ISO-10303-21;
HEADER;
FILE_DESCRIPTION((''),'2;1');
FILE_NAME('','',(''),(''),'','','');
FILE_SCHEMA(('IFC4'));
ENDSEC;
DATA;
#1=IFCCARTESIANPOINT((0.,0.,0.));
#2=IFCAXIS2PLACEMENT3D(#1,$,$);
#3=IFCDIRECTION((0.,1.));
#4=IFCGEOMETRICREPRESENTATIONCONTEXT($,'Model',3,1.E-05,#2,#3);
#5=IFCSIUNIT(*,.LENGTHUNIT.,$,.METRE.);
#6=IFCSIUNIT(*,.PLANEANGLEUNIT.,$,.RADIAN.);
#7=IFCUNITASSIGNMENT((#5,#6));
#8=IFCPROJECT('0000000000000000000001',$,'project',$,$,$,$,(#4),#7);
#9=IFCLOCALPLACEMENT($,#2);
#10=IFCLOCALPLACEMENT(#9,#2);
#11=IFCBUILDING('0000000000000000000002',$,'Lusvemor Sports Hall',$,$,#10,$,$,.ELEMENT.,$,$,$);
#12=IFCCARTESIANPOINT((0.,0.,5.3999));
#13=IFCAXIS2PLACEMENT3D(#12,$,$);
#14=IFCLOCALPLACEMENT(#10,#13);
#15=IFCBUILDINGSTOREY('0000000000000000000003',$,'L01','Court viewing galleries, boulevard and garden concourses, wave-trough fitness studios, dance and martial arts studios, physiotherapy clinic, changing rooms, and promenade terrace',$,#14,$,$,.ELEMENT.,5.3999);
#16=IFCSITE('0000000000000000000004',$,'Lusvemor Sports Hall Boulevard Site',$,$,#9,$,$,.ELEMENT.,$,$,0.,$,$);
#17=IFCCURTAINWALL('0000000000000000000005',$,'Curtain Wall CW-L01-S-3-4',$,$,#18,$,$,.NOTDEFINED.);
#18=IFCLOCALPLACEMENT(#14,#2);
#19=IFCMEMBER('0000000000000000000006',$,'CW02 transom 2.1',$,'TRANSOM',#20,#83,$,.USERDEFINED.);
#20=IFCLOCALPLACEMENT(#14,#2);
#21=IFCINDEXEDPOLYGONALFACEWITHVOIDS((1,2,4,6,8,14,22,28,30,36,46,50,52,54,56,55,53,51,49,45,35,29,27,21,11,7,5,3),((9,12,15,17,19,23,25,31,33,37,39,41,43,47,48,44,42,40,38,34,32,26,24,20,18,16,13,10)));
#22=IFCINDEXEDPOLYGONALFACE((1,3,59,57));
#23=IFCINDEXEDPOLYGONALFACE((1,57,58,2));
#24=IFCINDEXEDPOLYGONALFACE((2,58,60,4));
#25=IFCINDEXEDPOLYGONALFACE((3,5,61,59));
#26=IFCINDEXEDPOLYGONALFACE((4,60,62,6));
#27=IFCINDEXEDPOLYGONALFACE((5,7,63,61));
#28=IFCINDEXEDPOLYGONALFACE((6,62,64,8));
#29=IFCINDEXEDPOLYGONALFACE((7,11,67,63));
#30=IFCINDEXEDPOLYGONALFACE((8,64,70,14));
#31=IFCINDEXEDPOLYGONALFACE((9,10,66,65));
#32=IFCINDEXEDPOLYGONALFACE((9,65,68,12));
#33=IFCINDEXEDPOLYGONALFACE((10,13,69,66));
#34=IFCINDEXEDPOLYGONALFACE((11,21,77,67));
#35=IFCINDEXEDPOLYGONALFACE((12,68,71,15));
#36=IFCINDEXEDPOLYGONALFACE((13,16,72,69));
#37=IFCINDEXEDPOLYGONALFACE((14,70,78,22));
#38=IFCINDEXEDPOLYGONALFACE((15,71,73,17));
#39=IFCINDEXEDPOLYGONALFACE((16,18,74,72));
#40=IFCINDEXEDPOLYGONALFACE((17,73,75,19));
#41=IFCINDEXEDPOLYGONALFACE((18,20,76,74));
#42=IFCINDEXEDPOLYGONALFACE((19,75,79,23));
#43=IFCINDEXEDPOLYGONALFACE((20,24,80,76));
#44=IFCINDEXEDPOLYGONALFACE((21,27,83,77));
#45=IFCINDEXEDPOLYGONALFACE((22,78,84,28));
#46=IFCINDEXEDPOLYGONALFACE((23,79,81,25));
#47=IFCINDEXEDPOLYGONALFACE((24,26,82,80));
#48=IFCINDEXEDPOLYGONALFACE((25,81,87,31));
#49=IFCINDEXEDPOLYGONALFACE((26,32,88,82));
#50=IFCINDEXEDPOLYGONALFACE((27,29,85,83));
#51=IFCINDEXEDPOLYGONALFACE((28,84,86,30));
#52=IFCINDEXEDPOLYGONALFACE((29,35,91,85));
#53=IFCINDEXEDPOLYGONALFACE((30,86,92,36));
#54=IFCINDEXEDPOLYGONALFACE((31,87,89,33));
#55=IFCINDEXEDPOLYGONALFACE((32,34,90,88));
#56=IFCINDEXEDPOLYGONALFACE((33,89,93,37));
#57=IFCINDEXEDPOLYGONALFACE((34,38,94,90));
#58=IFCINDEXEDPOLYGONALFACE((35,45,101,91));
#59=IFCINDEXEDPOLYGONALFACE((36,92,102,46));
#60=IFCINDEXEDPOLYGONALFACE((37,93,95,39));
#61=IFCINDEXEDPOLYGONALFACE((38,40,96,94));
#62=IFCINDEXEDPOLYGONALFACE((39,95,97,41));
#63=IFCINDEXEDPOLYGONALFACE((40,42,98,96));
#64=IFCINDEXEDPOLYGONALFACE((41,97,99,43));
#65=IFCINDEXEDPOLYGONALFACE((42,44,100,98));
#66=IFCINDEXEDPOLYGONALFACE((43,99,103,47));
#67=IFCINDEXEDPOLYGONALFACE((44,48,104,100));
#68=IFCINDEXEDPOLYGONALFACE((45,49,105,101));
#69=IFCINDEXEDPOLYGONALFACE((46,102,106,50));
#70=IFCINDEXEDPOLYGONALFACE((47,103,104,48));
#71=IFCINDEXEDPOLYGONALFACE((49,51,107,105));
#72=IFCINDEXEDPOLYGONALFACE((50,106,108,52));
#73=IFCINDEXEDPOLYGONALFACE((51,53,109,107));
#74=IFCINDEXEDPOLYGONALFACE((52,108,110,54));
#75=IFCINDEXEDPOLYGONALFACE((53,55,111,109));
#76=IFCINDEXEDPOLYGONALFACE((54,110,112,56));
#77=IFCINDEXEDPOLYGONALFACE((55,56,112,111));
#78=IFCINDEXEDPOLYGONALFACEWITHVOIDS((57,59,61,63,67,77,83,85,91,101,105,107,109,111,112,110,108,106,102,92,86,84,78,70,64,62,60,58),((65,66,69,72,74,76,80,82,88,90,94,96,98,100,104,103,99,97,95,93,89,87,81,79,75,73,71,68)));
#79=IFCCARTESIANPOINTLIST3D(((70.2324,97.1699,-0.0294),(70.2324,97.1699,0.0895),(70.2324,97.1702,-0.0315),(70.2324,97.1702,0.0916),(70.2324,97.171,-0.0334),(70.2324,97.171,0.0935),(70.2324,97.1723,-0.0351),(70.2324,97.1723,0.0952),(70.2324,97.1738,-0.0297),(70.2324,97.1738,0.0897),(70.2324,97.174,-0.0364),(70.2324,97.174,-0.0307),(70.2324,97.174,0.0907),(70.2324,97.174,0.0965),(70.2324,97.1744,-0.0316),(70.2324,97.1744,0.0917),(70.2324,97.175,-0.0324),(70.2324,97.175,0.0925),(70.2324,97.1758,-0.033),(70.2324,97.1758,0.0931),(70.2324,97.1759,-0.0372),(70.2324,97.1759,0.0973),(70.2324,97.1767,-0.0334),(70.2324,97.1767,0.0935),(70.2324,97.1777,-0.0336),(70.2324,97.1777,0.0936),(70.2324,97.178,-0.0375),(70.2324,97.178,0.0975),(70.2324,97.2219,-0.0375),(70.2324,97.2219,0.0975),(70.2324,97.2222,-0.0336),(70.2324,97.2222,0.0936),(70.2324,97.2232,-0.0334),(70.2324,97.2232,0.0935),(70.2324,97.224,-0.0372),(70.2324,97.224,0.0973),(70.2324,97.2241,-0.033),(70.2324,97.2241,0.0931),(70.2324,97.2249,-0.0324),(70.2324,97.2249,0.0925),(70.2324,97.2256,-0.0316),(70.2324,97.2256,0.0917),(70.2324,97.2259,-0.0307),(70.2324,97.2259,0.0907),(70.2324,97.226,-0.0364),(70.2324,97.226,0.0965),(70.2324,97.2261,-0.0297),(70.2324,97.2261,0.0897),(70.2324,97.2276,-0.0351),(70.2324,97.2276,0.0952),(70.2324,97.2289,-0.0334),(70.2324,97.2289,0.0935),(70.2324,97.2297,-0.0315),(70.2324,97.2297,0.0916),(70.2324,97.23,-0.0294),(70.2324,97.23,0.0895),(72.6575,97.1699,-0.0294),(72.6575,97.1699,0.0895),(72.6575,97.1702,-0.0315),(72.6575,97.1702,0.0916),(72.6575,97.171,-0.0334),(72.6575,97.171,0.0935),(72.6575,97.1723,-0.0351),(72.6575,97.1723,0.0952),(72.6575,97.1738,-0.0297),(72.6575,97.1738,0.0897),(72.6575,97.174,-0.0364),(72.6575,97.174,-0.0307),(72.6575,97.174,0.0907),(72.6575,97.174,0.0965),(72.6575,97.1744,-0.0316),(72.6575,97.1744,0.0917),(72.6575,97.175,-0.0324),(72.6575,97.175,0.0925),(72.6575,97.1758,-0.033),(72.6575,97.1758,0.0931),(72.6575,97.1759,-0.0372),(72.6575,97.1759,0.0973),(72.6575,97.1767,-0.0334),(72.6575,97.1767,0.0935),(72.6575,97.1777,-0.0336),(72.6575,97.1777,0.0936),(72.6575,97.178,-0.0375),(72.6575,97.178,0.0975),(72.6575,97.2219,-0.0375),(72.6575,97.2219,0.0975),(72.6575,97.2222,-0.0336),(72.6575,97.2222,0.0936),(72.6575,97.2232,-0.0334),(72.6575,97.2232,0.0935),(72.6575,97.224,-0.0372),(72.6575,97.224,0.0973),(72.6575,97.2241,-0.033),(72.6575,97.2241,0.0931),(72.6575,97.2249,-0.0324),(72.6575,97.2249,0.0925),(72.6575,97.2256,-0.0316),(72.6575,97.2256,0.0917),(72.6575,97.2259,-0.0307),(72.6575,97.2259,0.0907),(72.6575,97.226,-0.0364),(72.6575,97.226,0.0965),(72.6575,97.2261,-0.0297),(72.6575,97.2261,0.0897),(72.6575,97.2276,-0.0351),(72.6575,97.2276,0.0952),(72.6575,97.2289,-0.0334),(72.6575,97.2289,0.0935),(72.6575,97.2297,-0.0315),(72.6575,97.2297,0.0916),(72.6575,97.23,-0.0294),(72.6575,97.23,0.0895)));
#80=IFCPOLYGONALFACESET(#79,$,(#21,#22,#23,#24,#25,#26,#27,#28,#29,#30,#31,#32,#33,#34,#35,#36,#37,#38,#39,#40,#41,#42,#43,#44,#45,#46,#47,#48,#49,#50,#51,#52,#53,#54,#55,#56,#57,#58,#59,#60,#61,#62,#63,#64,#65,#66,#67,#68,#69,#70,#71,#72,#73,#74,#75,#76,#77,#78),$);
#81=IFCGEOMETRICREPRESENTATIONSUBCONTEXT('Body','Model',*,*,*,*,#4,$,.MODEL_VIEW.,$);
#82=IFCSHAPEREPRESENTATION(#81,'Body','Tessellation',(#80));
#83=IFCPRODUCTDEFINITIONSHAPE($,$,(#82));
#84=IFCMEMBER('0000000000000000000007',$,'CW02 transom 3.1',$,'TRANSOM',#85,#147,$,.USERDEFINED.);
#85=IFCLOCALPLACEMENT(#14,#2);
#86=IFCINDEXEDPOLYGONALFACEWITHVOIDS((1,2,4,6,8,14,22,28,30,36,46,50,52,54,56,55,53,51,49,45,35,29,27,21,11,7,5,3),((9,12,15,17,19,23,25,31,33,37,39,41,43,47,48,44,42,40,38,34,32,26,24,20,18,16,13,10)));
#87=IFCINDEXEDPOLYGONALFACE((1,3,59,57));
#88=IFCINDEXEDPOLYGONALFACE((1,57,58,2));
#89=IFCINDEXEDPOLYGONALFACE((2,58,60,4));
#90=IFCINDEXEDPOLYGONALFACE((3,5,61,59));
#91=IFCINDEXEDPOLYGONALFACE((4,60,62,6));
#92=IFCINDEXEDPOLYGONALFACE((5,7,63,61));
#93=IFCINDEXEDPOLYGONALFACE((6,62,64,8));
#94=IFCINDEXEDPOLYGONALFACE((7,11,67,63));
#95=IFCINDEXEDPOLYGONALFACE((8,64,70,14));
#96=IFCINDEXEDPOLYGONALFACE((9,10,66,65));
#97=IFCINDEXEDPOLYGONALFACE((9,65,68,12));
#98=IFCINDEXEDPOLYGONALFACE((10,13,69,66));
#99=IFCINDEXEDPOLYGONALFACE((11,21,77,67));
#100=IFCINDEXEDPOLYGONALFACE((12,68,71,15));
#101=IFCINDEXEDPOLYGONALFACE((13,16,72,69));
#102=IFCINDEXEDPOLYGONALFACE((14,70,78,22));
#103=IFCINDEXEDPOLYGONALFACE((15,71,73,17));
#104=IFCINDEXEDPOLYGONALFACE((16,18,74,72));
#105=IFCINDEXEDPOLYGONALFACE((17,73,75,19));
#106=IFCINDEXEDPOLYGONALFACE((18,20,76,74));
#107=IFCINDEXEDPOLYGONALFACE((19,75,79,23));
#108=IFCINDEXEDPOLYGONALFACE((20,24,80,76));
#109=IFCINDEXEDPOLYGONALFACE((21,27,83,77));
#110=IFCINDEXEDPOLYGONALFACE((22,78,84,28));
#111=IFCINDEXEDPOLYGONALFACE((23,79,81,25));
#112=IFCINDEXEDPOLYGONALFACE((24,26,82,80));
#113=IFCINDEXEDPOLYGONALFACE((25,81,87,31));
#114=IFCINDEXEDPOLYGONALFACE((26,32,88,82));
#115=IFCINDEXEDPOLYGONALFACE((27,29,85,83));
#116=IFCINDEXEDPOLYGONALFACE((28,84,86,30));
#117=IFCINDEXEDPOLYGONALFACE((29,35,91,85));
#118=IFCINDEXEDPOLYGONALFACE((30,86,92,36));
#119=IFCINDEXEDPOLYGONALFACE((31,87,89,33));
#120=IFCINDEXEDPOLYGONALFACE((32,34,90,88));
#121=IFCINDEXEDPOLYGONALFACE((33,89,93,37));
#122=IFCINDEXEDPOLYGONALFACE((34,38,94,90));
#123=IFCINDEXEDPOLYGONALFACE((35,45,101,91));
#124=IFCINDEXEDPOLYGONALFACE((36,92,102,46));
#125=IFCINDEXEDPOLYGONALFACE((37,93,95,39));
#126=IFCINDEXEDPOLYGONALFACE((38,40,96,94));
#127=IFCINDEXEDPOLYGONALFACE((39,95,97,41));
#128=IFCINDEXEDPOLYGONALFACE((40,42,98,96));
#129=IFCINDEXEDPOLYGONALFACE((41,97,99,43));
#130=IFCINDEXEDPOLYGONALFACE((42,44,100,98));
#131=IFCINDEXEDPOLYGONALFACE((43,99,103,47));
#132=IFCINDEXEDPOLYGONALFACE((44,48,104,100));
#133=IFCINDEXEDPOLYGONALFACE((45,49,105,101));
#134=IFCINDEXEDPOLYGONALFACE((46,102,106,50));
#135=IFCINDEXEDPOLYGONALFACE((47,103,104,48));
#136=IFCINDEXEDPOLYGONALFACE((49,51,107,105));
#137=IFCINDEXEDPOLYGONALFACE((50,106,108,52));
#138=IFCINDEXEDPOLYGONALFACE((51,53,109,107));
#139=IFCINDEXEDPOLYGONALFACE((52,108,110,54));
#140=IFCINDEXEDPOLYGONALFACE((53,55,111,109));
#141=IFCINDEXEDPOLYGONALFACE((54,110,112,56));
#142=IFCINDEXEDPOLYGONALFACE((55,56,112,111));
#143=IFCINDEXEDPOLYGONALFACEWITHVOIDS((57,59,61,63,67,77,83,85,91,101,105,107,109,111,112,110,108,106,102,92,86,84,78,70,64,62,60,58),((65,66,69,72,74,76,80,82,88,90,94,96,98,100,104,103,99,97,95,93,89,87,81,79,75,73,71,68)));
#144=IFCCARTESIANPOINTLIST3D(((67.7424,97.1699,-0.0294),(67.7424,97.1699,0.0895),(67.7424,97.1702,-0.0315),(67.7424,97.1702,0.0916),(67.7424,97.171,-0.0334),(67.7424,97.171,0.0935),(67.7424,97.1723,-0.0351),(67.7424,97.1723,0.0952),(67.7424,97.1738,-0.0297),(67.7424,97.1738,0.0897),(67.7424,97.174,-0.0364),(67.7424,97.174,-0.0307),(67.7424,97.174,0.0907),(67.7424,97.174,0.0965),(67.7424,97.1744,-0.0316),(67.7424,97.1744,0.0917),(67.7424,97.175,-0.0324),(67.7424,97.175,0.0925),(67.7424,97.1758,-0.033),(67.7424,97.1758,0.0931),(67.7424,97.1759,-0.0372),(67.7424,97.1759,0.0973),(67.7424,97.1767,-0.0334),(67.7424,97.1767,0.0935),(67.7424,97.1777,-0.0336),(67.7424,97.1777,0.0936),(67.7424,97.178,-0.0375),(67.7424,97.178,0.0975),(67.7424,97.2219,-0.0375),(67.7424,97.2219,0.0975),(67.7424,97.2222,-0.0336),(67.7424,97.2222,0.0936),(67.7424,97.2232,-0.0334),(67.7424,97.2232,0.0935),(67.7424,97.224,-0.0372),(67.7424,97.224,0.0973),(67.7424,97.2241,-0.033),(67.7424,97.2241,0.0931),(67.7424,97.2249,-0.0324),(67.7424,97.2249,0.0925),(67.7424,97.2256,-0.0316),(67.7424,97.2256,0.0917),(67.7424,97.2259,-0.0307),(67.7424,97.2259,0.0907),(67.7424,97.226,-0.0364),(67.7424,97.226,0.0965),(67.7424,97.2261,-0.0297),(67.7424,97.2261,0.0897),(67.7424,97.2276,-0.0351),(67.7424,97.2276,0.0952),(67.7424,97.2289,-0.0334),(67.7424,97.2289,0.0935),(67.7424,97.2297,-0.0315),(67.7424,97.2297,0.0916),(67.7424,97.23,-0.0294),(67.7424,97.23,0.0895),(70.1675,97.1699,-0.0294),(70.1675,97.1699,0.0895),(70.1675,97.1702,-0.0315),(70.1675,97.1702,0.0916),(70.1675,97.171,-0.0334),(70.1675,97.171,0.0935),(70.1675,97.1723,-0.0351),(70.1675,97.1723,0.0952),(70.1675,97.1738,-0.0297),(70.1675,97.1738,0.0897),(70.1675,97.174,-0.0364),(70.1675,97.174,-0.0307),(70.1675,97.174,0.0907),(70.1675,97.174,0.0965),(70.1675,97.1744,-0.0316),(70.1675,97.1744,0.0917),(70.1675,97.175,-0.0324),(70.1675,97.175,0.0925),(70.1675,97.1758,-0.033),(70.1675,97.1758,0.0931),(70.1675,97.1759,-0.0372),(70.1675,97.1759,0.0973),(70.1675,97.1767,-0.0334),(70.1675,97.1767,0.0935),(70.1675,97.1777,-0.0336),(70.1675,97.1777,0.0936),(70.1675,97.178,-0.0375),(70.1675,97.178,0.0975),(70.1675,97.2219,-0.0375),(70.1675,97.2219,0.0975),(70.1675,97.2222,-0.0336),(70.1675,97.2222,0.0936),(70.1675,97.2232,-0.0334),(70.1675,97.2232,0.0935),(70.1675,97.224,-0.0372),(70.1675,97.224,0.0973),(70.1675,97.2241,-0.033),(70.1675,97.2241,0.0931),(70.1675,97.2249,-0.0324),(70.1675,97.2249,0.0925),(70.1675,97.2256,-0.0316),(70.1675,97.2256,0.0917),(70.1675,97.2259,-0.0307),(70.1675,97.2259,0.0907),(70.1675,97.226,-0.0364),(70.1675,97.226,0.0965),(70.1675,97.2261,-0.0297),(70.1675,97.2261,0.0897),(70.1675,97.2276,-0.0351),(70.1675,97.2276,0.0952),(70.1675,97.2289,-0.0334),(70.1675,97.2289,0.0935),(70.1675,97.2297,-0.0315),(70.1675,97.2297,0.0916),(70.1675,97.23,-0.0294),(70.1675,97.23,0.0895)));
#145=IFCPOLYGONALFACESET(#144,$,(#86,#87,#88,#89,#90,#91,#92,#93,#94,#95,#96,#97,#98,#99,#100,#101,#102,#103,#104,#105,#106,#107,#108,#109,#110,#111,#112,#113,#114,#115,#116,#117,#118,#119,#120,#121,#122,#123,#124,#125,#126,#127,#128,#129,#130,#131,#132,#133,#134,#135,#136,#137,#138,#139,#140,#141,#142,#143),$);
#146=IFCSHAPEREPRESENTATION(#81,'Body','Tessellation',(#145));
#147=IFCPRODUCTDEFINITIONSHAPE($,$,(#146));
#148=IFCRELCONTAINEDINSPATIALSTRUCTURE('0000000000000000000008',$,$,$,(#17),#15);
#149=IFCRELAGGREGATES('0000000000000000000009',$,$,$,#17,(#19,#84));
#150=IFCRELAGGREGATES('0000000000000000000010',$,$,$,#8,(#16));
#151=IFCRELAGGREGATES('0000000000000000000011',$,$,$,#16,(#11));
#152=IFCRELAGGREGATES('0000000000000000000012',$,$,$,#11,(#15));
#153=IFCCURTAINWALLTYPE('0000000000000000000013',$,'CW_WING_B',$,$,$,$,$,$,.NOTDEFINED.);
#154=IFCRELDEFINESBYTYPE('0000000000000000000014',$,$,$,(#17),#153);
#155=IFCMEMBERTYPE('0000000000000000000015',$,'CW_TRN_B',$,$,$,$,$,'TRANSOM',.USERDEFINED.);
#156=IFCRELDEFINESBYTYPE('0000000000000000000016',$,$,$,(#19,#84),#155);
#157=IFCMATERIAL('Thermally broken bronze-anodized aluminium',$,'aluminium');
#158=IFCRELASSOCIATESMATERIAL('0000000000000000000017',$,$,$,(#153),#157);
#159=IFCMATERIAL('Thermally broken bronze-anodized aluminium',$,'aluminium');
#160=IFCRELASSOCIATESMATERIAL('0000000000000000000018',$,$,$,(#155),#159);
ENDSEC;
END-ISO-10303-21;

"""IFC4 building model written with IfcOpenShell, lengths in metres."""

from ifc_helpers import new_model, si_unit, direction, frame, origin, origin_2d, place, context, subcontext, project, spatial, hollow_rectangle, extrude, material, material_profile, profile_set, type_object, element, aggregate, save


model = new_model("IFC4")

# Units and contexts
model_context = context("Model", 3, precision=1e-05, world=origin(), true_north=direction((0.0, 1.0)))
body_context = subcontext(model_context, "Body", "Model", "MODEL_VIEW")
ifc_project = project(units=[si_unit("LENGTHUNIT", "METRE"), si_unit("PLANEANGLEUNIT", "RADIAN")], contexts=[model_context])

# Site, building, storey
site_placement = place(None, origin())
site = spatial("IfcSite", under=ifc_project, at=site_placement, Name="Lusvemor Sports Hall Boulevard Site", CompositionType="ELEMENT", RefElevation=0.0)
building_placement = place(site_placement, origin())
building = spatial("IfcBuilding", under=site, at=building_placement, Name="Lusvemor Sports Hall", CompositionType="ELEMENT")
storey_placement = place(building_placement, frame((0.0, 0.0, 5.3999)))
storey = spatial("IfcBuildingStorey", under=building, at=storey_placement, Name="L01", Description="Court viewing galleries, boulevard and garden concourses, wave-trough fitness studios, dance and martial arts studios, physiotherapy clinic, changing rooms, and promenade terrace", CompositionType="ELEMENT", Elevation=5.3999)

# Shared definitions
ifc_material_1 = material(Name="Thermally broken bronze-anodized aluminium", Category="aluminium")
curtain_wall_type = type_object("IfcCurtainWallType", Name="CW_WING_B", PredefinedType="NOTDEFINED", material=ifc_material_1)

# Curtain wall
curtain_wall_1_placement = place(storey_placement, origin())
curtain_wall_1 = element("IfcCurtainWall", 1, at=curtain_wall_1_placement, inside=storey, type_object=curtain_wall_type, Name="Curtain Wall CW-L01-S-3-4", PredefinedType="NOTDEFINED")

# Members
ifc_material_2 = material(Name="Thermally broken bronze-anodized aluminium", Category="aluminium")
ifc_material_profile_1 = material_profile(ifc_material_2, hollow_rectangle(XDim=0.0601, YDim=0.135, WallThickness=0.0039, InnerFilletRadius=0.0039, OuterFilletRadius=0.0081, at=origin_2d()), Name="CWTRN135x60x4")
ifc_profile_set_1 = profile_set([ifc_material_profile_1], Name="Thermally broken bronze-anodized aluminium")
member_type_1 = type_object("IfcMemberType", Name="CW_TRN_B", ElementType="TRANSOM", PredefinedType="USERDEFINED", material=ifc_profile_set_1)
member_1_placement = place(storey_placement, frame((72.6575, 97.2, 0.03), z_axis=(-1.0, 0.0, 0.0), x_axis=(0.0, -1.0, 0.0)))
member_1 = element("IfcMember", 2, at=member_1_placement, type_object=member_type_1, Name="CW02 transom 2.1", ObjectType="TRANSOM", PredefinedType="USERDEFINED", context=body_context, shape_type="SweptSolid", body=[
    extrude(hollow_rectangle(XDim=0.0601, YDim=0.135, WallThickness=0.0039, InnerFilletRadius=0.0039, OuterFilletRadius=0.0081, at=origin_2d()), origin(), (0.0, 0.0, 1.0), 2.425),
])
member_2_placement = place(storey_placement, frame((70.1675, 97.2, 0.03), z_axis=(-1.0, 0.0, 0.0), x_axis=(0.0, -1.0, 0.0)))
member_2 = element("IfcMember", 3, at=member_2_placement, type_object=member_type_1, Name="CW02 transom 3.1", ObjectType="TRANSOM", PredefinedType="USERDEFINED", context=body_context, shape_type="SweptSolid", body=[
    extrude(hollow_rectangle(XDim=0.0601, YDim=0.135, WallThickness=0.0039, InnerFilletRadius=0.0039, OuterFilletRadius=0.0081, at=origin_2d()), origin(), (0.0, 0.0, 1.0), 2.425),
])

aggregate(curtain_wall_1, [member_1, member_2])

save(model, "model.ifc")
